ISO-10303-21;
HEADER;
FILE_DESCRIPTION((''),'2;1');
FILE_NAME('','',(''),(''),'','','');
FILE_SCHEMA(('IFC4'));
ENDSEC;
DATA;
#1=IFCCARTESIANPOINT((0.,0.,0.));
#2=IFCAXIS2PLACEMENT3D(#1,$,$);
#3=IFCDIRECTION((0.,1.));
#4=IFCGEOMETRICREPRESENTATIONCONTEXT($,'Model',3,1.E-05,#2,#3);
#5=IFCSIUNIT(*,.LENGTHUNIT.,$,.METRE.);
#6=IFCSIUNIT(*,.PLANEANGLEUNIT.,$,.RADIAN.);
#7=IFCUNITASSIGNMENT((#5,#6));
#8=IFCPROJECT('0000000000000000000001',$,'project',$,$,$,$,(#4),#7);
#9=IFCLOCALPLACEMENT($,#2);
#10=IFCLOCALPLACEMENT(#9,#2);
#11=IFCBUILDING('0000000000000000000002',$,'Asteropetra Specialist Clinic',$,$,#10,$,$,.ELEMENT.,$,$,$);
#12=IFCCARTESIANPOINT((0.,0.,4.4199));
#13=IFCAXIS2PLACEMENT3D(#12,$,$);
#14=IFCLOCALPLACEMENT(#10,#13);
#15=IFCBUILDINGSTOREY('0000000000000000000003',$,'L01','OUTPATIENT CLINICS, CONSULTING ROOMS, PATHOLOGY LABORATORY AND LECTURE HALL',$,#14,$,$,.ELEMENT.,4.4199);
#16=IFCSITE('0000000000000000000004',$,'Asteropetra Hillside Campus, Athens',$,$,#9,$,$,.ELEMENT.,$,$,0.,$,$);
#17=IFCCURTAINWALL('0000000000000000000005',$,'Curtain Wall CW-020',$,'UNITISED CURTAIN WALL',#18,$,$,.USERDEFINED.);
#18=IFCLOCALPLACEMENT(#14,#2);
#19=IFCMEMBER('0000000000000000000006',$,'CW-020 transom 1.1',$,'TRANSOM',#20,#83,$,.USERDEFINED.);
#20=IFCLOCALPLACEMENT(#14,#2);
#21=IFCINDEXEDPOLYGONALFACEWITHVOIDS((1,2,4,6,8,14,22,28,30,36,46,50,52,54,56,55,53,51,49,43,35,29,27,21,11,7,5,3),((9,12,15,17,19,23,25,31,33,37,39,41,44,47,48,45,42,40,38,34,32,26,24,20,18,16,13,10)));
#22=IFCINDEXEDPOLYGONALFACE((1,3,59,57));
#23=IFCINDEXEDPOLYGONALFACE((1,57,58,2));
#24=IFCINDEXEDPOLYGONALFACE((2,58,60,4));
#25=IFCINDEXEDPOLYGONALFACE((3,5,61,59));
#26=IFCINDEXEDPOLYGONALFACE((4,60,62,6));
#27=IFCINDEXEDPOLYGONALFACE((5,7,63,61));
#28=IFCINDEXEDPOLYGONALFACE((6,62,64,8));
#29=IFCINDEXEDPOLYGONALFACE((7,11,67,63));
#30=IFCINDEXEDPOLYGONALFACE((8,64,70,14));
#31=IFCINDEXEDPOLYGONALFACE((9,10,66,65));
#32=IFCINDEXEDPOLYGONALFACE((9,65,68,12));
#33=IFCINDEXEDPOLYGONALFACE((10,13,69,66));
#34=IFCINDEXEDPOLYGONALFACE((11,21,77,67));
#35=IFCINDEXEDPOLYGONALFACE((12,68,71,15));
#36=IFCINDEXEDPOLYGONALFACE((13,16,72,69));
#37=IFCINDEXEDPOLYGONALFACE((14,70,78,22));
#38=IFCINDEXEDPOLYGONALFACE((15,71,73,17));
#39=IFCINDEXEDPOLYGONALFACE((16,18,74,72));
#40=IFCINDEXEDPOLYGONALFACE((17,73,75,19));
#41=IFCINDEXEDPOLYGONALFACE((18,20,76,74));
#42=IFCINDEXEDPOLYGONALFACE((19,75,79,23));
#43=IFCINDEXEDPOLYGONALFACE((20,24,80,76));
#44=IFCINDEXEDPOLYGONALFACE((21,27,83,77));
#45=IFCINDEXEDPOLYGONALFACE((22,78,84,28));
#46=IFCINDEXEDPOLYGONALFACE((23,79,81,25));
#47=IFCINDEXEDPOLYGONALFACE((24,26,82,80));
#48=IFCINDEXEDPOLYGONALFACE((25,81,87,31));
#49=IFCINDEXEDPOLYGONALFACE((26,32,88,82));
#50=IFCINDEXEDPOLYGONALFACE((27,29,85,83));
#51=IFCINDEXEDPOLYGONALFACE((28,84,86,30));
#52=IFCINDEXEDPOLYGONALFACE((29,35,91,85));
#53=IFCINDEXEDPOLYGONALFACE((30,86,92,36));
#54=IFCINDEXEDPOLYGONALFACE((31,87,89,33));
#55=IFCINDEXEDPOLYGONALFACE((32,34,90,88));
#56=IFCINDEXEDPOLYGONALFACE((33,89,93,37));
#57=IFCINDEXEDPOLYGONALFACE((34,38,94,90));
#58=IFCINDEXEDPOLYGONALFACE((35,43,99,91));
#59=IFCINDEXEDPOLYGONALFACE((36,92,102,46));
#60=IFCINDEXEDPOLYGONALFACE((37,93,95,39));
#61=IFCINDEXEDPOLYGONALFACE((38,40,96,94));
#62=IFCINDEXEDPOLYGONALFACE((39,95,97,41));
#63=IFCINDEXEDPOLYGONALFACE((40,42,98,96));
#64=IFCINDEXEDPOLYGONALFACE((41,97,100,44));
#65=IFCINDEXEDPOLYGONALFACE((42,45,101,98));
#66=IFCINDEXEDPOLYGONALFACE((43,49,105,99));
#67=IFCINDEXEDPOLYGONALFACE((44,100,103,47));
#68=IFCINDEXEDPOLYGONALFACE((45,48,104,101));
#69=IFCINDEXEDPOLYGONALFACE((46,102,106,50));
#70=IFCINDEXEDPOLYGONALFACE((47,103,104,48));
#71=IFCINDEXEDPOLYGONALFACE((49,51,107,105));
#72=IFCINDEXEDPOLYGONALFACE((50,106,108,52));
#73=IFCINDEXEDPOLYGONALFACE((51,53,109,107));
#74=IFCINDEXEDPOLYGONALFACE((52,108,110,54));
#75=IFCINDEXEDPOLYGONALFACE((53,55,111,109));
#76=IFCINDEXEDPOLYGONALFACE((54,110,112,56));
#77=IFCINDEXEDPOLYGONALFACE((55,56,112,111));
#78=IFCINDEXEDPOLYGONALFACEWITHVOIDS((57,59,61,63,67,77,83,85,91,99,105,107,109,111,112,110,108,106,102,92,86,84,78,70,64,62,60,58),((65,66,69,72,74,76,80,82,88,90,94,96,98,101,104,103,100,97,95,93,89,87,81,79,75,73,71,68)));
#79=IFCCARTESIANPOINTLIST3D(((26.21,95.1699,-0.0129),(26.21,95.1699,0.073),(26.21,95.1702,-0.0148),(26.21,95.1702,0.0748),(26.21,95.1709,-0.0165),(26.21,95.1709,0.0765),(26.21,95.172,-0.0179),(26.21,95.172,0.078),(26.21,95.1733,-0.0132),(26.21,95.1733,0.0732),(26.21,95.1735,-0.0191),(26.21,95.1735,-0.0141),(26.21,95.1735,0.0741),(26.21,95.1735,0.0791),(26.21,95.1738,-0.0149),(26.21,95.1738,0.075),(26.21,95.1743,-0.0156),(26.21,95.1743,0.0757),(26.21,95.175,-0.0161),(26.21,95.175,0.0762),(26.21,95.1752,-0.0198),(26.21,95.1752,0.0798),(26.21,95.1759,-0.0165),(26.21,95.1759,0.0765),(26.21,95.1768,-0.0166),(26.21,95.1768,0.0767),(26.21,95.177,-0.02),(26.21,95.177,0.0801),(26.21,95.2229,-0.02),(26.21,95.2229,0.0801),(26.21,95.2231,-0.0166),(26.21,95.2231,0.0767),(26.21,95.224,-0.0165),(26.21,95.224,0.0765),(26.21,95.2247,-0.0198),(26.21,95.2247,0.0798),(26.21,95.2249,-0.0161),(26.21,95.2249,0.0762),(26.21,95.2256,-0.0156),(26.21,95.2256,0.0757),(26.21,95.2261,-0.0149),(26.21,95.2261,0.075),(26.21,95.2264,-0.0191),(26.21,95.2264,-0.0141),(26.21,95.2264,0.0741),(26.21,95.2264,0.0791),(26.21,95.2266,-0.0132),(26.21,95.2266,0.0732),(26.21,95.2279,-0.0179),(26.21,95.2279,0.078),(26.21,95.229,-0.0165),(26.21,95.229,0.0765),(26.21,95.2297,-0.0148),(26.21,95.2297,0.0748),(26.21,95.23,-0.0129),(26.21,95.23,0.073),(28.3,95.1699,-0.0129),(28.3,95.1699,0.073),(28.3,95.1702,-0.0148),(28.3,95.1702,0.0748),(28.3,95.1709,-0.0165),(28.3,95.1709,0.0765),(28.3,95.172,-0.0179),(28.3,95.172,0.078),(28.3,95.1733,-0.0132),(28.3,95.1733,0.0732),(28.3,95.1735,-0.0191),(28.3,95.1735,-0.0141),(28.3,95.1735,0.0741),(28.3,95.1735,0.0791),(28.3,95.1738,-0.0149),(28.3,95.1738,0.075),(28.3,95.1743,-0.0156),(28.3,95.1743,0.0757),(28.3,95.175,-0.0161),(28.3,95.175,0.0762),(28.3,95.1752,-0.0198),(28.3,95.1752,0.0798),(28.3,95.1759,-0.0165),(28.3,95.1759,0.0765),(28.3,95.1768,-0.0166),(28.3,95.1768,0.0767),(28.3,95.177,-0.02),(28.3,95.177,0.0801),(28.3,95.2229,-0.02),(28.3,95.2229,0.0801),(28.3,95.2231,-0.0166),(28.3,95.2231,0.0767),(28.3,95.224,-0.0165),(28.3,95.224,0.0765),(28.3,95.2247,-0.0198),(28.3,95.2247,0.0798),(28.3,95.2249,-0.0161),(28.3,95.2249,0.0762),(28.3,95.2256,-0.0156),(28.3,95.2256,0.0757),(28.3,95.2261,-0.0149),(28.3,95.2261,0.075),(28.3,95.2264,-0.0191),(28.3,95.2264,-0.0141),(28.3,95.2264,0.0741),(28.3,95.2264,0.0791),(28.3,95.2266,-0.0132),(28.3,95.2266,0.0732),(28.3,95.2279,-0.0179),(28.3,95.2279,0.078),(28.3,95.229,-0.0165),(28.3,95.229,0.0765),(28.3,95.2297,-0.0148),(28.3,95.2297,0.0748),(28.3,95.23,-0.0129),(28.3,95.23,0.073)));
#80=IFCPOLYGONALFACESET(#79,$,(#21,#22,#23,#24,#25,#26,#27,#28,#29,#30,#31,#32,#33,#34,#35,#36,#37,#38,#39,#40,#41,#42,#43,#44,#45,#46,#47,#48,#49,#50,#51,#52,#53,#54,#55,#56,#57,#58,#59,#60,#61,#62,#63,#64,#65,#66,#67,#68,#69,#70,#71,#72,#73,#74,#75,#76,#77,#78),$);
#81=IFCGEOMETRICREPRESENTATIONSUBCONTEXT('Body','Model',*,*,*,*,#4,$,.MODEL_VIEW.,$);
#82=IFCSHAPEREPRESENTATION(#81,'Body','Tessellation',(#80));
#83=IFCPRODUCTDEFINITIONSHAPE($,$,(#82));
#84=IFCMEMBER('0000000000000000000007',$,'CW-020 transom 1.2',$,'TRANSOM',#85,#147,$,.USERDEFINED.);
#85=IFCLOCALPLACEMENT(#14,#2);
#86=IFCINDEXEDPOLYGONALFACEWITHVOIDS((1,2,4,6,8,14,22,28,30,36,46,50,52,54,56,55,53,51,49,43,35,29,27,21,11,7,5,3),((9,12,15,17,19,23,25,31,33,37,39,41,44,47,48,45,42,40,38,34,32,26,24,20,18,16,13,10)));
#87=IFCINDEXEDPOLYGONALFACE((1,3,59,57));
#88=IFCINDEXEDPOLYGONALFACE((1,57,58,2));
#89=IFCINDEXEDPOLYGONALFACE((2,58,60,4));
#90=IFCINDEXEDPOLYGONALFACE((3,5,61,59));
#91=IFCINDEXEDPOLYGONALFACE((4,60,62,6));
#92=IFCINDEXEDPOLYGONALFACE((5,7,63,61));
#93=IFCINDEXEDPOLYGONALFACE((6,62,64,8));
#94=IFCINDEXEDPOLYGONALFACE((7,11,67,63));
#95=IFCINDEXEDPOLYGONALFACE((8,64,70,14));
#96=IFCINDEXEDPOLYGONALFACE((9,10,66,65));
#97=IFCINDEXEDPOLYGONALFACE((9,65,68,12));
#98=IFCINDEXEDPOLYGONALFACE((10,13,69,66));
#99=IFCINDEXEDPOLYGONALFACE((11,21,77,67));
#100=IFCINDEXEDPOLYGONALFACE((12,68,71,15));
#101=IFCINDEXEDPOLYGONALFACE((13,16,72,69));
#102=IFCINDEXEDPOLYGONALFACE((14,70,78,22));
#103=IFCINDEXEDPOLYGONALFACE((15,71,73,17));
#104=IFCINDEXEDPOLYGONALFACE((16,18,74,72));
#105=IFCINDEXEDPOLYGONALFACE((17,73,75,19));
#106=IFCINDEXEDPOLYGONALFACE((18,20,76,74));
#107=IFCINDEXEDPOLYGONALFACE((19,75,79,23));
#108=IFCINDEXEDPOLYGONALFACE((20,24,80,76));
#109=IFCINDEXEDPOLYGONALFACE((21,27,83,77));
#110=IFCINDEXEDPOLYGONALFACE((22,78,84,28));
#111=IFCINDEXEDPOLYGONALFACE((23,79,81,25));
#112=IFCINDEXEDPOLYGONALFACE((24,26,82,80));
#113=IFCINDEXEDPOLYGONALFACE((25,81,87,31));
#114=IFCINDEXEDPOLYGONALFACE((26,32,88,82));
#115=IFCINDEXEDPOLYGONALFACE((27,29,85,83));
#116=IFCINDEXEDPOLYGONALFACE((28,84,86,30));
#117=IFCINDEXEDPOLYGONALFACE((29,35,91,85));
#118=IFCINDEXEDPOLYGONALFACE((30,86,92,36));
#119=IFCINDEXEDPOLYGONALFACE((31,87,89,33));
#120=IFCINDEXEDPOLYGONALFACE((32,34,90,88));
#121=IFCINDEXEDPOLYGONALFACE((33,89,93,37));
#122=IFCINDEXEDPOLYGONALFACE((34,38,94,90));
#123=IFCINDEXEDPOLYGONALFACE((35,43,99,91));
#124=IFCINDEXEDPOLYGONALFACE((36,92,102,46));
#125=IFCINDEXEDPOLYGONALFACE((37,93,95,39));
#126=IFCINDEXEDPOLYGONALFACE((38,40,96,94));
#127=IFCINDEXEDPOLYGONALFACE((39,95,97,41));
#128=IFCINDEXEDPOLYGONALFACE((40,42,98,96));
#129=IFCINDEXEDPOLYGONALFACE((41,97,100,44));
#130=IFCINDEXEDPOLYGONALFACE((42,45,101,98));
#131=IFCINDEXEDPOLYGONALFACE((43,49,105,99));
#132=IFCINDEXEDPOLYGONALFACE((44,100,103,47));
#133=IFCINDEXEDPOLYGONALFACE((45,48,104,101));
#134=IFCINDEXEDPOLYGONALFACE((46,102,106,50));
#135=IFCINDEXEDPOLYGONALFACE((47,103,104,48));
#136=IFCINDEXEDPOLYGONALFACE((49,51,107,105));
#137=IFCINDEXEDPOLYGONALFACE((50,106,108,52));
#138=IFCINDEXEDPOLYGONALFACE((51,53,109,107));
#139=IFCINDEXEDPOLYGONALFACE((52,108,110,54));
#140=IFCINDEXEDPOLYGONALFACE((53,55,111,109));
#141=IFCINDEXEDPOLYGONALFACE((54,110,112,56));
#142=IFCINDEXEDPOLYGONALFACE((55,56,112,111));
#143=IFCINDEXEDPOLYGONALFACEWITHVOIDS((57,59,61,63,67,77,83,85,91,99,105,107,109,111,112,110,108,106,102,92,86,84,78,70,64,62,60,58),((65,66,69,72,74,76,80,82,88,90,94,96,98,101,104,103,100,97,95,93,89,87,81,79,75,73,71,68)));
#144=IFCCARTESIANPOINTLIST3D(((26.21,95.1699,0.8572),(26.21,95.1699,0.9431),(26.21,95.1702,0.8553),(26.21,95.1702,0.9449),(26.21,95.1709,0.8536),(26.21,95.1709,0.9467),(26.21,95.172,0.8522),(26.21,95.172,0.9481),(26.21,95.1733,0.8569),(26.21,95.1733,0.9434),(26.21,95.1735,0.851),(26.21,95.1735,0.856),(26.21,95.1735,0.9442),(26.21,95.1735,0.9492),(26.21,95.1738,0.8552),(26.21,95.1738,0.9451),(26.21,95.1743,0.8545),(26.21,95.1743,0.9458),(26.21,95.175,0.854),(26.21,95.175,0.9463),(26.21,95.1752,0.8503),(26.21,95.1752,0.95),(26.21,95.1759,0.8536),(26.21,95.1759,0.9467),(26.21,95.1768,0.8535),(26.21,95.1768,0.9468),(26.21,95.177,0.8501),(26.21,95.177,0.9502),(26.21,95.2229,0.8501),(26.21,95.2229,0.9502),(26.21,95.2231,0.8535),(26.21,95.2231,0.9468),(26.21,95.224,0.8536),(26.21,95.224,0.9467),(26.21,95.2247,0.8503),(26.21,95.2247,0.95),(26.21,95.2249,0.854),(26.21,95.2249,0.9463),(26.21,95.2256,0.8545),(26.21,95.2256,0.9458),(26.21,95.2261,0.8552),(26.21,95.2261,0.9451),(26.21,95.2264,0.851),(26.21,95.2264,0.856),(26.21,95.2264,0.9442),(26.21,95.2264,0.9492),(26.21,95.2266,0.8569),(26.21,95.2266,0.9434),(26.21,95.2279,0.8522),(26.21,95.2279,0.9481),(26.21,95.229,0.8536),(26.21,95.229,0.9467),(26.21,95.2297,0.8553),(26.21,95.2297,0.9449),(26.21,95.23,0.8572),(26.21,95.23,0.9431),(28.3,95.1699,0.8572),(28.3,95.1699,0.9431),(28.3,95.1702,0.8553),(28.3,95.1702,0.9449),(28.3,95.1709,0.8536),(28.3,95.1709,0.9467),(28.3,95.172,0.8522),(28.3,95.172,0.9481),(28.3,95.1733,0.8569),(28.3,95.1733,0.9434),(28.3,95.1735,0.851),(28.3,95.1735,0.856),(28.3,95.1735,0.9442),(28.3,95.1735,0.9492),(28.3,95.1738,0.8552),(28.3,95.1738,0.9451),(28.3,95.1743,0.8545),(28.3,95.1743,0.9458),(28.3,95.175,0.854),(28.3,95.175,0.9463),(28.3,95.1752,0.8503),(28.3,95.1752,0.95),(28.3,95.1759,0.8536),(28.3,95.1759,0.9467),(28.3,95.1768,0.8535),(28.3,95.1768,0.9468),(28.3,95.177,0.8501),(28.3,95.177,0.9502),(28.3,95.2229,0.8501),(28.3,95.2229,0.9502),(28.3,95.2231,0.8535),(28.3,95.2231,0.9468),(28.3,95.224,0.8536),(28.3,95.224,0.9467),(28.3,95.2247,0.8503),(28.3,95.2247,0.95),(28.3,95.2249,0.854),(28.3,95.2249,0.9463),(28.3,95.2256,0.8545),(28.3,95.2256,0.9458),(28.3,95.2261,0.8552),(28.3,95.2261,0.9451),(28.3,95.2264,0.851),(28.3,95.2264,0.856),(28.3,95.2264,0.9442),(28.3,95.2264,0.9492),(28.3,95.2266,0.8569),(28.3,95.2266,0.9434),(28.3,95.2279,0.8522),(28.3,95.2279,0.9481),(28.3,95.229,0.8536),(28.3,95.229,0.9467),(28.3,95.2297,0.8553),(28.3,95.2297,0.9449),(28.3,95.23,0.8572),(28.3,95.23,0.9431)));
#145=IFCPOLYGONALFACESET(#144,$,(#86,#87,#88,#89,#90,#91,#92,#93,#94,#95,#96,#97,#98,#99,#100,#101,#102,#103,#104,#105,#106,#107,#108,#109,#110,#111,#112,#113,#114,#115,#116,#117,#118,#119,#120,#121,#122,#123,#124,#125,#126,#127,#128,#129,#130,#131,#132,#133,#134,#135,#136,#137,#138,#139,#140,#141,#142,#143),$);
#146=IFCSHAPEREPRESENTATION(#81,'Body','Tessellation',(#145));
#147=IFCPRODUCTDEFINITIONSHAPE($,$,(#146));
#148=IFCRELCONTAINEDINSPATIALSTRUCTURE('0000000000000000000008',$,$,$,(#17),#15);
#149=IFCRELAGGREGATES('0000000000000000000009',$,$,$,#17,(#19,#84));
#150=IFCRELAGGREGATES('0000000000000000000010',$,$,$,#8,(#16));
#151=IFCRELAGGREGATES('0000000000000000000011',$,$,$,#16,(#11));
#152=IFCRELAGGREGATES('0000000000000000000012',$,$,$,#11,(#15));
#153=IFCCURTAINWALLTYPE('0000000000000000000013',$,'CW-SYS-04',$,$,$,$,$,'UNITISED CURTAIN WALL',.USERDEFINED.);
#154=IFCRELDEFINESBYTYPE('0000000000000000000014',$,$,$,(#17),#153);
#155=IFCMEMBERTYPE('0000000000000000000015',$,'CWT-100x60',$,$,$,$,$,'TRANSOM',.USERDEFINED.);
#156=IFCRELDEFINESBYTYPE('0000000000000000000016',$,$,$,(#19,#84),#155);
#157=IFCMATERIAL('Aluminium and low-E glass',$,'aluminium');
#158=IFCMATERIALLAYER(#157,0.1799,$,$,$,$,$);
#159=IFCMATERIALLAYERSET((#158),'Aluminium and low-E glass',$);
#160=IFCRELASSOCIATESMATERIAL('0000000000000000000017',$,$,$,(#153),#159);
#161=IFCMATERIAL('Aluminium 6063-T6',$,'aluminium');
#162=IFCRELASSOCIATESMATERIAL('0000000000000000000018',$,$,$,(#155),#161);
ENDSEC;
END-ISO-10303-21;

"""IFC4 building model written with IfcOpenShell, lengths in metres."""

from ifc_helpers import new_model, si_unit, direction, frame, origin, origin_2d, place, context, subcontext, project, spatial, hollow_rectangle, extrude, material, layer, layer_set, material_profile, profile_set, type_object, element, aggregate, save


model = new_model("IFC4")

# Units and contexts
model_context = context("Model", 3, precision=1e-05, world=origin(), true_north=direction((0.0, 1.0)))
body_context = subcontext(model_context, "Body", "Model", "MODEL_VIEW")
ifc_project = project(units=[si_unit("LENGTHUNIT", "METRE"), si_unit("PLANEANGLEUNIT", "RADIAN")], contexts=[model_context])

# Site, building, storey
site_placement = place(None, origin())
site = spatial("IfcSite", under=ifc_project, at=site_placement, Name="Asteropetra Hillside Campus, Athens", CompositionType="ELEMENT", RefElevation=0.0)
building_placement = place(site_placement, origin())
building = spatial("IfcBuilding", under=site, at=building_placement, Name="Asteropetra Specialist Clinic", CompositionType="ELEMENT")
storey_placement = place(building_placement, frame((0.0, 0.0, 4.4199)))
storey = spatial("IfcBuildingStorey", under=building, at=storey_placement, Name="L01", Description="OUTPATIENT CLINICS, CONSULTING ROOMS, PATHOLOGY LABORATORY AND LECTURE HALL", CompositionType="ELEMENT", Elevation=4.4199)

# Curtain wall, members
ifc_material_1 = material(Name="Aluminium and low-E glass", Category="aluminium")
ifc_layer_1 = layer(ifc_material_1, 0.1799)
ifc_layer_set_1 = layer_set([ifc_layer_1], Name="Aluminium and low-E glass")
curtain_wall_type = type_object("IfcCurtainWallType", Name="CW-SYS-04", ElementType="UNITISED CURTAIN WALL", PredefinedType="USERDEFINED", material=ifc_layer_set_1)
curtain_wall_placement = place(storey_placement, origin())
curtain_wall = element("IfcCurtainWall", 1, at=curtain_wall_placement, inside=storey, type_object=curtain_wall_type, Name="Curtain Wall CW-020", ObjectType="UNITISED CURTAIN WALL", PredefinedType="USERDEFINED")
ifc_material_2 = material(Name="Aluminium 6063-T6", Category="aluminium")
ifc_material_profile_1 = material_profile(ifc_material_2, hollow_rectangle(XDim=0.0601, YDim=0.1001, WallThickness=0.0034, InnerFilletRadius=0.0034, OuterFilletRadius=0.0071, at=origin_2d()), Name="TRN 100x60x3.5")
ifc_profile_set_1 = profile_set([ifc_material_profile_1], Name="Aluminium 6063-T6")
member_type_1 = type_object("IfcMemberType", Name="CWT-100x60", ElementType="TRANSOM", PredefinedType="USERDEFINED", material=ifc_profile_set_1)
member_1_placement = place(storey_placement, frame((28.3, 95.2, 0.03), z_axis=(-1.0, 0.0, 0.0), x_axis=(0.0, -1.0, 0.0)))
member_1 = element("IfcMember", 2, at=member_1_placement, type_object=member_type_1, Name="CW-020 transom 1.1", ObjectType="TRANSOM", PredefinedType="USERDEFINED", context=body_context, shape_type="SweptSolid", body=[
    extrude(hollow_rectangle(XDim=0.0601, YDim=0.1001, WallThickness=0.0034, InnerFilletRadius=0.0034, OuterFilletRadius=0.0071, at=origin_2d()), origin(), (0.0, 0.0, 1.0), 2.0901),
])
member_2_placement = place(storey_placement, frame((28.3, 95.2, 0.9001), z_axis=(-1.0, 0.0, 0.0), x_axis=(0.0, -1.0, 0.0)))
member_2 = element("IfcMember", 3, at=member_2_placement, type_object=member_type_1, Name="CW-020 transom 1.2", ObjectType="TRANSOM", PredefinedType="USERDEFINED", context=body_context, shape_type="SweptSolid", body=[
    extrude(hollow_rectangle(XDim=0.0601, YDim=0.1001, WallThickness=0.0034, InnerFilletRadius=0.0034, OuterFilletRadius=0.0071, at=origin_2d()), origin(), (0.0, 0.0, 1.0), 2.0901),
])

aggregate(curtain_wall, [member_1, member_2])

save(model, "model.ifc")
